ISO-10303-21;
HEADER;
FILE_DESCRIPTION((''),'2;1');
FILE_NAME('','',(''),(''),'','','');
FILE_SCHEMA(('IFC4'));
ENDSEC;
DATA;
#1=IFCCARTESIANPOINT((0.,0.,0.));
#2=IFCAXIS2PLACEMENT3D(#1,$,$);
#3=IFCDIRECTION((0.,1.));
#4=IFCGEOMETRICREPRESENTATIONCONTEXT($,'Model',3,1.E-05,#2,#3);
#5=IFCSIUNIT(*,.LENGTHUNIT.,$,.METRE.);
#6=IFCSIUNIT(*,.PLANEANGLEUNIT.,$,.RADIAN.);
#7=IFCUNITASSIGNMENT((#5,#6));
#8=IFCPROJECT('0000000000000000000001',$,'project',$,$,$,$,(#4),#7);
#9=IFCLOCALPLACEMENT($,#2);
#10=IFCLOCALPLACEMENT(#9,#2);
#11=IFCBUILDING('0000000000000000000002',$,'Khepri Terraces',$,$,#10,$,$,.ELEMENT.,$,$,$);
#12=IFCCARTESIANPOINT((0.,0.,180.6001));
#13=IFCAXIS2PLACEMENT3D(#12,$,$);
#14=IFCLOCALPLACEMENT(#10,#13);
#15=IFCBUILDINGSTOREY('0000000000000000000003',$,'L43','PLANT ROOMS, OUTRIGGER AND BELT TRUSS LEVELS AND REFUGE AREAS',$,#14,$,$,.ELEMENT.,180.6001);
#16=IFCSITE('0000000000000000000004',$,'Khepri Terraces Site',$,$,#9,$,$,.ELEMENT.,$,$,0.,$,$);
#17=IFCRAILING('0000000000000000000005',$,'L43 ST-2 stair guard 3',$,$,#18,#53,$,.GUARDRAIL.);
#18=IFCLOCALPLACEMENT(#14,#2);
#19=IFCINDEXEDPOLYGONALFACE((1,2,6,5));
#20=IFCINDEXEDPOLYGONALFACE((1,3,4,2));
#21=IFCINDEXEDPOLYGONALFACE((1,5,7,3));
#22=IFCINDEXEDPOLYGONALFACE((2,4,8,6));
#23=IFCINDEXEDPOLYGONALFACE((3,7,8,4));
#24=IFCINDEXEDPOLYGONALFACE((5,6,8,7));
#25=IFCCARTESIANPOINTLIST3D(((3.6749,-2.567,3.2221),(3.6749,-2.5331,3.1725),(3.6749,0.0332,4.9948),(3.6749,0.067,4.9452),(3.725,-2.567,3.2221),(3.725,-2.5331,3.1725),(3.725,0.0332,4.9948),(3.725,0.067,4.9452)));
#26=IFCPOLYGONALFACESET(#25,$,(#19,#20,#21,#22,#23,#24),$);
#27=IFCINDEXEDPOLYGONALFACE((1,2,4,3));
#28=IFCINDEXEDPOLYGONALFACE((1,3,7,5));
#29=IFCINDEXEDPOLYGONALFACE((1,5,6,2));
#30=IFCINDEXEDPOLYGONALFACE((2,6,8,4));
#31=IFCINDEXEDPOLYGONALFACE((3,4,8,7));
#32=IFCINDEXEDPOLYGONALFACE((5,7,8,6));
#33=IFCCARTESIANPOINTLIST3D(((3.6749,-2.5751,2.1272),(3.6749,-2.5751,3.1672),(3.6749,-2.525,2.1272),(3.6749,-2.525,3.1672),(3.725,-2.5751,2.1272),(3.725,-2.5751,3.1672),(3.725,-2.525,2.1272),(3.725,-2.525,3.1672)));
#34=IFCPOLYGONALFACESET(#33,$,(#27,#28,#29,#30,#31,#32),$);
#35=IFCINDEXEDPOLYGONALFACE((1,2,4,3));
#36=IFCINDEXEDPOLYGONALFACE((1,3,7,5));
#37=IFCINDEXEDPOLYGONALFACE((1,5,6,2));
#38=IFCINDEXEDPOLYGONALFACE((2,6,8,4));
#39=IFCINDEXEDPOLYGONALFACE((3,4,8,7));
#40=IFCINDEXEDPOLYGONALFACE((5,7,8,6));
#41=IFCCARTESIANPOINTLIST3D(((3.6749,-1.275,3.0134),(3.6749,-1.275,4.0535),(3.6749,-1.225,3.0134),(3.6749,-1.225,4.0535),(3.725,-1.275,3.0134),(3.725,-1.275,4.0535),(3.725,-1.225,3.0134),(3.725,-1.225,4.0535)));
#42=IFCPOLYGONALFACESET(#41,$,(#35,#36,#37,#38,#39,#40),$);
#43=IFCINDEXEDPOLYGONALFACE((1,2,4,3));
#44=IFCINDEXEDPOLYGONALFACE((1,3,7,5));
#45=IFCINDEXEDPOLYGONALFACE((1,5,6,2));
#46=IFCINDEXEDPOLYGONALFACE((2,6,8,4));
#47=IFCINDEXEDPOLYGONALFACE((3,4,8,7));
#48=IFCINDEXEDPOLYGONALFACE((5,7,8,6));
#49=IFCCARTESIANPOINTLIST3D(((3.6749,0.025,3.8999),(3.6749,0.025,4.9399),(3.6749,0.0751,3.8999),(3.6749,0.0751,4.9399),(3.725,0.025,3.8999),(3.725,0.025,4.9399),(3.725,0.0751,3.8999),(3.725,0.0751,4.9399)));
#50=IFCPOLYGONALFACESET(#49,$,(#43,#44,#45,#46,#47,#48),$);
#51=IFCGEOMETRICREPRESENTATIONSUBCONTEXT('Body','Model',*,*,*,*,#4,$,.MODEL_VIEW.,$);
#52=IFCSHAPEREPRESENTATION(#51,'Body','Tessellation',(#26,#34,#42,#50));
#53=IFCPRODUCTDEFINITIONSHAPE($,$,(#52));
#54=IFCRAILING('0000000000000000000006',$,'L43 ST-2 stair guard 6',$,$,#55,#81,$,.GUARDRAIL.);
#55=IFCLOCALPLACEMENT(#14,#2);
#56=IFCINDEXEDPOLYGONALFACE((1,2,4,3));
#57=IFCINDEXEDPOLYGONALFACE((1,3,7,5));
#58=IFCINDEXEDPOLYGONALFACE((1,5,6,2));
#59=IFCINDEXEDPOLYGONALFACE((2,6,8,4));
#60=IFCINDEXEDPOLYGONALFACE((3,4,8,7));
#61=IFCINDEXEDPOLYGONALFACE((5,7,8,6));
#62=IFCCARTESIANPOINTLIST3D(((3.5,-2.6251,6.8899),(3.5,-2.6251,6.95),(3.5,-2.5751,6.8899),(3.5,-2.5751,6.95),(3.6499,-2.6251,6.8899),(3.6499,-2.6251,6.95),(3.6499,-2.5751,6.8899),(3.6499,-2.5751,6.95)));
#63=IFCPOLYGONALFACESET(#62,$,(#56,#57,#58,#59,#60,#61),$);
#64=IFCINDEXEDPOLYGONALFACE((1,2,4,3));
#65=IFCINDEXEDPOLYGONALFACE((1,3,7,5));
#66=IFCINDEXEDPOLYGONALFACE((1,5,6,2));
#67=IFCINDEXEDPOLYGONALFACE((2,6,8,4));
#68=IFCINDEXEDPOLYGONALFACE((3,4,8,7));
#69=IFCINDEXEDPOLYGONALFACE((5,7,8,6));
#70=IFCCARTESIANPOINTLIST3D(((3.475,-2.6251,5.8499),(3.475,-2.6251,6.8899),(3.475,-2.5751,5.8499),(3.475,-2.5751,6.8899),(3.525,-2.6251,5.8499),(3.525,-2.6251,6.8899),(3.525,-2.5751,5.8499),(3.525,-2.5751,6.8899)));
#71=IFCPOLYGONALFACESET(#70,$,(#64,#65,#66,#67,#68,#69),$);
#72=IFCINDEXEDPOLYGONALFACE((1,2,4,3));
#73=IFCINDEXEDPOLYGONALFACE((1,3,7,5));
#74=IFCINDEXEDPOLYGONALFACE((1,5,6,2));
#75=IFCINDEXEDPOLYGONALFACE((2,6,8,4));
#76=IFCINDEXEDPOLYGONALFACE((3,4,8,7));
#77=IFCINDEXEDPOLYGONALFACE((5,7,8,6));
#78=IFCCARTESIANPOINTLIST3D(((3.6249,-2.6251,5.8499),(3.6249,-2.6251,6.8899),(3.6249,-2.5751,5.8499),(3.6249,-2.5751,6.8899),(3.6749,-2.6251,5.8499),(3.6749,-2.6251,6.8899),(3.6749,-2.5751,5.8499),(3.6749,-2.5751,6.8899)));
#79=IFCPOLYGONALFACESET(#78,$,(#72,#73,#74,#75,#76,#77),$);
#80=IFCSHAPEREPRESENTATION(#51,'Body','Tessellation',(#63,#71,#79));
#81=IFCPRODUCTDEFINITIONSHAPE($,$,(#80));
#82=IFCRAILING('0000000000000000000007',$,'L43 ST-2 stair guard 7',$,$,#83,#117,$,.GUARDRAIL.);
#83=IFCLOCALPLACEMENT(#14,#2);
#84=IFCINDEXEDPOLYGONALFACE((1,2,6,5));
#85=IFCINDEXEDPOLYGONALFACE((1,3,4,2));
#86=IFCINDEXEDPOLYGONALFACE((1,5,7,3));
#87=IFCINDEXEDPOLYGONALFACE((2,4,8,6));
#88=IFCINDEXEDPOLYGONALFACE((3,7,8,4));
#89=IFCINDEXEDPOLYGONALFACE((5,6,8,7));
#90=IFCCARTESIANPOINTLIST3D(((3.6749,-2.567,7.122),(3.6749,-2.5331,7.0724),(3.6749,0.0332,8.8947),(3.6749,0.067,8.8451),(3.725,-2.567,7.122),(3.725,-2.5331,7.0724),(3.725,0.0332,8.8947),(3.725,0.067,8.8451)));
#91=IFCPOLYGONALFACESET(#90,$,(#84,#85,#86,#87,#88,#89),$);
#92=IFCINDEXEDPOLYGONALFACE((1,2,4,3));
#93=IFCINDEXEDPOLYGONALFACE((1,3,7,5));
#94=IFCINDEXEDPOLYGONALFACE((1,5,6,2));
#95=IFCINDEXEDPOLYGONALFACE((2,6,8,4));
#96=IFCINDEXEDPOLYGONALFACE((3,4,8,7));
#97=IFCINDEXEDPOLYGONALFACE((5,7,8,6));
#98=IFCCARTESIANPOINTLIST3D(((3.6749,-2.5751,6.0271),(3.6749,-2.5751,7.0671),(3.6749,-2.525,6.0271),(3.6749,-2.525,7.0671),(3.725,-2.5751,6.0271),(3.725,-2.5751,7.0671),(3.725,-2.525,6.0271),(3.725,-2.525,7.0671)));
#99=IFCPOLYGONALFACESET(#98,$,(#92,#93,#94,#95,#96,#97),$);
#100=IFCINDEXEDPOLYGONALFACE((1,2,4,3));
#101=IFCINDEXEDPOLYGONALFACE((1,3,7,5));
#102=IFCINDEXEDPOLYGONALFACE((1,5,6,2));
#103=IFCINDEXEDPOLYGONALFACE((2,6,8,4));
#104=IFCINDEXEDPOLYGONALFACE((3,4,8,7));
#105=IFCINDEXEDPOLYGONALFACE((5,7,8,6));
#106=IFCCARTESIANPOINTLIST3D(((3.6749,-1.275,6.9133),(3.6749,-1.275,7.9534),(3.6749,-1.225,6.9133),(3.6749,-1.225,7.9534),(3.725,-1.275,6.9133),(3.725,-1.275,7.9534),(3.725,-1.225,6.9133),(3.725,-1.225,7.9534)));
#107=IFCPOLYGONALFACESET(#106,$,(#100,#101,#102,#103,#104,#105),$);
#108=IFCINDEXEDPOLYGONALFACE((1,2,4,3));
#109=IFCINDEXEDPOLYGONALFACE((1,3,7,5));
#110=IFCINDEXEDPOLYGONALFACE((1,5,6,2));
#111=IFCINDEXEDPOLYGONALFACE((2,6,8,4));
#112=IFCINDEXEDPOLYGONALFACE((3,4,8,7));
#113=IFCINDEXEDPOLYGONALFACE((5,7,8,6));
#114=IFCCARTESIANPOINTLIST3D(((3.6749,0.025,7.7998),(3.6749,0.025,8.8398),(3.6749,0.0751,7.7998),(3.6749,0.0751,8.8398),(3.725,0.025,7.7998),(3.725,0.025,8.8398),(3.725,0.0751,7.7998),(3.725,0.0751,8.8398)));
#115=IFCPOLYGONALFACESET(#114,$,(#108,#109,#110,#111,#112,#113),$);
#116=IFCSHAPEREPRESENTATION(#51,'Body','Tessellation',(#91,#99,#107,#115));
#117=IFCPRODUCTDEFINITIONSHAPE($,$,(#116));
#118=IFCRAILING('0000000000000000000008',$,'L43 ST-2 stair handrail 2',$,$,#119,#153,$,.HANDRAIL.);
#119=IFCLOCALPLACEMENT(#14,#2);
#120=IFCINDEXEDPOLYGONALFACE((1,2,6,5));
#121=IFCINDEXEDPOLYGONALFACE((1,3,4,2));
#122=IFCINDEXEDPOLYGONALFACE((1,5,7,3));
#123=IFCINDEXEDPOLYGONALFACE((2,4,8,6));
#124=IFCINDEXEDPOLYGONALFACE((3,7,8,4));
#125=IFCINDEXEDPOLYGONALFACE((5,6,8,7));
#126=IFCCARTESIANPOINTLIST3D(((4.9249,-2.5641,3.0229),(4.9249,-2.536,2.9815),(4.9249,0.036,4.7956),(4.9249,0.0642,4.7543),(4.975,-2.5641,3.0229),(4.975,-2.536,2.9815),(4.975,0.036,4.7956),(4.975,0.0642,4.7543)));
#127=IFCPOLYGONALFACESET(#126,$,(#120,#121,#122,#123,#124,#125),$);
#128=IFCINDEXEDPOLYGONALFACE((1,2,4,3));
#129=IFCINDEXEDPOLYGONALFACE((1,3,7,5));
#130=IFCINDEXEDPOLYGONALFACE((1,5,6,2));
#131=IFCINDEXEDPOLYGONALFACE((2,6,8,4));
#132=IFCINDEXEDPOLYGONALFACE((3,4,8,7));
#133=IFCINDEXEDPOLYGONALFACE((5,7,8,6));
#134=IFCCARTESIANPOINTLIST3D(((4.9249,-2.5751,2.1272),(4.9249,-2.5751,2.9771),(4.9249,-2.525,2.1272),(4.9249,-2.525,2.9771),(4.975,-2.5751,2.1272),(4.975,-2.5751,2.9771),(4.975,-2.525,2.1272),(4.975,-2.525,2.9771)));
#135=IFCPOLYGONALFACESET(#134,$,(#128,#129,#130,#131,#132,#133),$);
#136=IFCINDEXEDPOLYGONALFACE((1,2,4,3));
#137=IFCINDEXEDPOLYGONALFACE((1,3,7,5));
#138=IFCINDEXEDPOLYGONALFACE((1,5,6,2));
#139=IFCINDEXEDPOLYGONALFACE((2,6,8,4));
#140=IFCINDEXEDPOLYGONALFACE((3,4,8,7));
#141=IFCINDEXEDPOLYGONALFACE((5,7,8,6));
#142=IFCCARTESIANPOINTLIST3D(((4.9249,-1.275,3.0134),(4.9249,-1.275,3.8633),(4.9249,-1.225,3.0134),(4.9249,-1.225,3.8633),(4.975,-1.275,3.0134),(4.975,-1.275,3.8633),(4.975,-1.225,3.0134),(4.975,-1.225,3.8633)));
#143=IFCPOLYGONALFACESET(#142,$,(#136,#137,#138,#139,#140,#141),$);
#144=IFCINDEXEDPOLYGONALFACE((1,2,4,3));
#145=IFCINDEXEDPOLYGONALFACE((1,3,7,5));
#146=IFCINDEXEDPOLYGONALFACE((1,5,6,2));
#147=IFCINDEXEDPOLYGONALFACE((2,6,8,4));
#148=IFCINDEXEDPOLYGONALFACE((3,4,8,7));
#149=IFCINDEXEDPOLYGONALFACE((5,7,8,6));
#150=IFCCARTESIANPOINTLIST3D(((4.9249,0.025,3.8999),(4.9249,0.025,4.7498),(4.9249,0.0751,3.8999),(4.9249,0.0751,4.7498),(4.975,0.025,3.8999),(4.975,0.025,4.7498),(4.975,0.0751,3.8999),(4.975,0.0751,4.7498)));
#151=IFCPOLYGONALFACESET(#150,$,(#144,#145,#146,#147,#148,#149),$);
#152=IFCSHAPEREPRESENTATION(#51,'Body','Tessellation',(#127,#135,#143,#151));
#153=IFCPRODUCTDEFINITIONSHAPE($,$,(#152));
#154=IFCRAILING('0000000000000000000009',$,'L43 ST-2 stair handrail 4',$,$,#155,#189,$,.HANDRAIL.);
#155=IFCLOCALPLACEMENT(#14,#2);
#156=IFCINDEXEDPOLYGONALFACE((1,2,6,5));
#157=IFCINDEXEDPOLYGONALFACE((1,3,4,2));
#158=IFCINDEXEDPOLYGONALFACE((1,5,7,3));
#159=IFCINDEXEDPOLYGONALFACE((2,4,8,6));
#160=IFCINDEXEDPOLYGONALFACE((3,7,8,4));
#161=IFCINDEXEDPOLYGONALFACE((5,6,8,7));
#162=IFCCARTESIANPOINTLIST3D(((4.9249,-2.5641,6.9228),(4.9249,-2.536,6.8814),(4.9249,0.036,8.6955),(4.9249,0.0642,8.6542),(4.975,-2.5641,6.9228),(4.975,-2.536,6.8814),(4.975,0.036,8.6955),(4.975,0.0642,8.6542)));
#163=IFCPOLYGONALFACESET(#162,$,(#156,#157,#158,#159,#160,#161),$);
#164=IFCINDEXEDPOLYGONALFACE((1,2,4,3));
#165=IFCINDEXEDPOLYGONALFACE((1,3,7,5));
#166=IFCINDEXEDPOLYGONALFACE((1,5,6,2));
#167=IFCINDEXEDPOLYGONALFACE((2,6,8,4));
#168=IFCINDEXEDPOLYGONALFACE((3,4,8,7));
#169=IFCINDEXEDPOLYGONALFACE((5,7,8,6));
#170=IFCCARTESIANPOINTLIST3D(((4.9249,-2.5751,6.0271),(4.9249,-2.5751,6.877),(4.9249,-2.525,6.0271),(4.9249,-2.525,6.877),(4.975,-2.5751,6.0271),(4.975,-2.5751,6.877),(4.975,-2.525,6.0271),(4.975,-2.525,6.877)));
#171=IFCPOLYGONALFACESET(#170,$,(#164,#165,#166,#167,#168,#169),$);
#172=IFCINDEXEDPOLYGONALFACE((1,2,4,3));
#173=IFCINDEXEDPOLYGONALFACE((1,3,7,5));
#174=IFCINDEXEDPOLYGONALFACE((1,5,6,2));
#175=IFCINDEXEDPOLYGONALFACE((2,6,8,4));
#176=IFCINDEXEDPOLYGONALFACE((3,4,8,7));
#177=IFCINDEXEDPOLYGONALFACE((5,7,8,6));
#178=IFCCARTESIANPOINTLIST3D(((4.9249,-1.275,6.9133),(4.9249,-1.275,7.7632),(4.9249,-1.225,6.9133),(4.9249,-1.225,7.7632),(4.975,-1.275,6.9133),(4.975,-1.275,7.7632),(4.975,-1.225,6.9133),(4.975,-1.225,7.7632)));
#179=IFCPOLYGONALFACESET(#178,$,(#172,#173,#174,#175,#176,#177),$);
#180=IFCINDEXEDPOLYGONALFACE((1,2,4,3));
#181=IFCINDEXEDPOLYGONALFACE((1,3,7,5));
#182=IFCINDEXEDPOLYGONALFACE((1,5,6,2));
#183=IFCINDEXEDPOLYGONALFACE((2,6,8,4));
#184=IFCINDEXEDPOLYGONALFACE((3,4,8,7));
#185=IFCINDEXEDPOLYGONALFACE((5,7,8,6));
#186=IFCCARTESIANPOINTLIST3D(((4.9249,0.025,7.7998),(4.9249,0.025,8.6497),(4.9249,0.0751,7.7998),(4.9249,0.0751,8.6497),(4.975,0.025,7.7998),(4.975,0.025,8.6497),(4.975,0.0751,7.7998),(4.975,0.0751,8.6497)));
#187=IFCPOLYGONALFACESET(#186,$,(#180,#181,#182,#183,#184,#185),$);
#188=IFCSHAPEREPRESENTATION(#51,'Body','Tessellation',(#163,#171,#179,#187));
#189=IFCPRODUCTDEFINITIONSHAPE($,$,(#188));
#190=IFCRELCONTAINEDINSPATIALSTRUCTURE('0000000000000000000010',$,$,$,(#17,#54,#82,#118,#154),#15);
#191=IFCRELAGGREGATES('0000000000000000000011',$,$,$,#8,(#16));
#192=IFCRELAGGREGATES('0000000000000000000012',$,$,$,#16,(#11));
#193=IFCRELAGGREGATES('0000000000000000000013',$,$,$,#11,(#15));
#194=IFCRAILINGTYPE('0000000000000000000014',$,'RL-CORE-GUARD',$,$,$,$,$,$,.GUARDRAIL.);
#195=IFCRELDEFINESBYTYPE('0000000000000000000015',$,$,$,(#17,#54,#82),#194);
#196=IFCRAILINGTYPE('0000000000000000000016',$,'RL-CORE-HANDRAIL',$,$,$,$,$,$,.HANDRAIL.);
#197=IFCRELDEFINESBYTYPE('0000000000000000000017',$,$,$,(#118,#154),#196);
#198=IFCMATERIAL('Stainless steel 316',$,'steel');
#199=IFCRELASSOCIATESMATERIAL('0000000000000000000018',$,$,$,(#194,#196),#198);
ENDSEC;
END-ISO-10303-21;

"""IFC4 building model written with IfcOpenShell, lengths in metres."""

from ifc_helpers import new_model, si_unit, direction, frame, origin, origin_2d, place, context, subcontext, project, spatial, rectangle, extrude, material, type_object, element, save


model = new_model("IFC4")

# Units and contexts
model_context = context("Model", 3, precision=1e-05, world=origin(), true_north=direction((0.0, 1.0)))
body_context = subcontext(model_context, "Body", "Model", "MODEL_VIEW")
ifc_project = project(units=[si_unit("LENGTHUNIT", "METRE"), si_unit("PLANEANGLEUNIT", "RADIAN")], contexts=[model_context])

# Site, building, storey
site_placement = place(None, origin())
site = spatial("IfcSite", under=ifc_project, at=site_placement, Name="Khepri Terraces Site", CompositionType="ELEMENT", RefElevation=0.0)
building_placement = place(site_placement, origin())
building = spatial("IfcBuilding", under=site, at=building_placement, Name="Khepri Terraces", CompositionType="ELEMENT")
storey_placement = place(building_placement, frame((0.0, 0.0, 180.6001)))
storey = spatial("IfcBuildingStorey", under=building, at=storey_placement, Name="L43", Description="PLANT ROOMS, OUTRIGGER AND BELT TRUSS LEVELS AND REFUGE AREAS", CompositionType="ELEMENT", Elevation=180.6001)

# Railings
ifc_material_1 = material(Name="Stainless steel 316", Category="steel")
railing_type_1 = type_object("IfcRailingType", Name="RL-CORE-GUARD", PredefinedType="GUARDRAIL", material=ifc_material_1)
railing_1_placement = place(storey_placement, frame((3.7, -2.55, 2.1272)))
element("IfcRailing", 1, at=railing_1_placement, inside=storey, type_object=railing_type_1, Name="L43 ST-2 stair guard 3", PredefinedType="GUARDRAIL", context=body_context, shape_type="SweptSolid", body=[
    extrude(rectangle(XDim=0.05, YDim=0.0601, at=origin_2d()), frame((0.0, 0.0, 1.0701), z_axis=(0.0, 0.82624, 0.563318), x_axis=(-1.0, 0.0, 0.0)), (0.0, 0.0, 1.0), 3.147),
    extrude(rectangle(XDim=0.05, YDim=0.05, at=origin_2d()), origin(), (0.0, 0.0, 1.0), 1.04),
    extrude(rectangle(XDim=0.05, YDim=0.05, at=origin_2d()), frame((0.0, 1.3, 0.8862)), (0.0, 0.0, 1.0), 1.04),
    extrude(rectangle(XDim=0.05, YDim=0.05, at=origin_2d()), frame((0.0, 2.6001, 1.7727)), (0.0, 0.0, 1.0), 1.04),
])
railing_2_placement = place(storey_placement, frame((3.5, -2.6001, 5.8499)))
element("IfcRailing", 2, at=railing_2_placement, inside=storey, type_object=railing_type_1, Name="L43 ST-2 stair guard 6", PredefinedType="GUARDRAIL", context=body_context, shape_type="SweptSolid", body=[
    extrude(rectangle(XDim=0.05, YDim=0.0601, at=origin_2d()), frame((0.0, 0.0, 1.0701), z_axis=(1.0, 0.0, 0.0), x_axis=(0.0, 1.0, 0.0)), (0.0, 0.0, 1.0), 0.1499),
    extrude(rectangle(XDim=0.05, YDim=0.05, at=origin_2d()), origin(), (0.0, 0.0, 1.0), 1.04),
    extrude(rectangle(XDim=0.05, YDim=0.05, at=origin_2d()), frame((0.1499, 0.0, 0.0)), (0.0, 0.0, 1.0), 1.04),
])
railing_3_placement = place(storey_placement, frame((3.7, -2.55, 6.0271)))
element("IfcRailing", 3, at=railing_3_placement, inside=storey, type_object=railing_type_1, Name="L43 ST-2 stair guard 7", PredefinedType="GUARDRAIL", context=body_context, shape_type="SweptSolid", body=[
    extrude(rectangle(XDim=0.05, YDim=0.0601, at=origin_2d()), frame((0.0, 0.0, 1.0701), z_axis=(0.0, 0.82624, 0.563318), x_axis=(-1.0, 0.0, 0.0)), (0.0, 0.0, 1.0), 3.147),
    extrude(rectangle(XDim=0.05, YDim=0.05, at=origin_2d()), origin(), (0.0, 0.0, 1.0), 1.04),
    extrude(rectangle(XDim=0.05, YDim=0.05, at=origin_2d()), frame((0.0, 1.3, 0.8862)), (0.0, 0.0, 1.0), 1.04),
    extrude(rectangle(XDim=0.05, YDim=0.05, at=origin_2d()), frame((0.0, 2.6001, 1.7727)), (0.0, 0.0, 1.0), 1.04),
])
railing_type_2 = type_object("IfcRailingType", Name="RL-CORE-HANDRAIL", PredefinedType="HANDRAIL", material=ifc_material_1)
for number, where, name in (
    (4, (4.95, -2.55, 2.1272), "L43 ST-2 stair handrail 2"),
    (5, (4.95, -2.55, 6.0271), "L43 ST-2 stair handrail 4"),
):
    element("IfcRailing", number, at=place(storey_placement, frame(where)), inside=storey, type_object=railing_type_2, Name=name, PredefinedType="HANDRAIL", context=body_context, shape_type="SweptSolid", body=[
        extrude(rectangle(XDim=0.05, YDim=0.05, at=origin_2d()), frame((0.0, 0.0, 0.875), z_axis=(0.0, 0.82624, 0.563318), x_axis=(-1.0, 0.0, 0.0)), (0.0, 0.0, 1.0), 3.147),
        extrude(rectangle(XDim=0.05, YDim=0.05, at=origin_2d()), origin(), (0.0, 0.0, 1.0), 0.8499),
        extrude(rectangle(XDim=0.05, YDim=0.05, at=origin_2d()), frame((0.0, 1.3, 0.8862)), (0.0, 0.0, 1.0), 0.8499),
        extrude(rectangle(XDim=0.05, YDim=0.05, at=origin_2d()), frame((0.0, 2.6001, 1.7727)), (0.0, 0.0, 1.0), 0.8499),
    ])

save(model, "model.ifc")
